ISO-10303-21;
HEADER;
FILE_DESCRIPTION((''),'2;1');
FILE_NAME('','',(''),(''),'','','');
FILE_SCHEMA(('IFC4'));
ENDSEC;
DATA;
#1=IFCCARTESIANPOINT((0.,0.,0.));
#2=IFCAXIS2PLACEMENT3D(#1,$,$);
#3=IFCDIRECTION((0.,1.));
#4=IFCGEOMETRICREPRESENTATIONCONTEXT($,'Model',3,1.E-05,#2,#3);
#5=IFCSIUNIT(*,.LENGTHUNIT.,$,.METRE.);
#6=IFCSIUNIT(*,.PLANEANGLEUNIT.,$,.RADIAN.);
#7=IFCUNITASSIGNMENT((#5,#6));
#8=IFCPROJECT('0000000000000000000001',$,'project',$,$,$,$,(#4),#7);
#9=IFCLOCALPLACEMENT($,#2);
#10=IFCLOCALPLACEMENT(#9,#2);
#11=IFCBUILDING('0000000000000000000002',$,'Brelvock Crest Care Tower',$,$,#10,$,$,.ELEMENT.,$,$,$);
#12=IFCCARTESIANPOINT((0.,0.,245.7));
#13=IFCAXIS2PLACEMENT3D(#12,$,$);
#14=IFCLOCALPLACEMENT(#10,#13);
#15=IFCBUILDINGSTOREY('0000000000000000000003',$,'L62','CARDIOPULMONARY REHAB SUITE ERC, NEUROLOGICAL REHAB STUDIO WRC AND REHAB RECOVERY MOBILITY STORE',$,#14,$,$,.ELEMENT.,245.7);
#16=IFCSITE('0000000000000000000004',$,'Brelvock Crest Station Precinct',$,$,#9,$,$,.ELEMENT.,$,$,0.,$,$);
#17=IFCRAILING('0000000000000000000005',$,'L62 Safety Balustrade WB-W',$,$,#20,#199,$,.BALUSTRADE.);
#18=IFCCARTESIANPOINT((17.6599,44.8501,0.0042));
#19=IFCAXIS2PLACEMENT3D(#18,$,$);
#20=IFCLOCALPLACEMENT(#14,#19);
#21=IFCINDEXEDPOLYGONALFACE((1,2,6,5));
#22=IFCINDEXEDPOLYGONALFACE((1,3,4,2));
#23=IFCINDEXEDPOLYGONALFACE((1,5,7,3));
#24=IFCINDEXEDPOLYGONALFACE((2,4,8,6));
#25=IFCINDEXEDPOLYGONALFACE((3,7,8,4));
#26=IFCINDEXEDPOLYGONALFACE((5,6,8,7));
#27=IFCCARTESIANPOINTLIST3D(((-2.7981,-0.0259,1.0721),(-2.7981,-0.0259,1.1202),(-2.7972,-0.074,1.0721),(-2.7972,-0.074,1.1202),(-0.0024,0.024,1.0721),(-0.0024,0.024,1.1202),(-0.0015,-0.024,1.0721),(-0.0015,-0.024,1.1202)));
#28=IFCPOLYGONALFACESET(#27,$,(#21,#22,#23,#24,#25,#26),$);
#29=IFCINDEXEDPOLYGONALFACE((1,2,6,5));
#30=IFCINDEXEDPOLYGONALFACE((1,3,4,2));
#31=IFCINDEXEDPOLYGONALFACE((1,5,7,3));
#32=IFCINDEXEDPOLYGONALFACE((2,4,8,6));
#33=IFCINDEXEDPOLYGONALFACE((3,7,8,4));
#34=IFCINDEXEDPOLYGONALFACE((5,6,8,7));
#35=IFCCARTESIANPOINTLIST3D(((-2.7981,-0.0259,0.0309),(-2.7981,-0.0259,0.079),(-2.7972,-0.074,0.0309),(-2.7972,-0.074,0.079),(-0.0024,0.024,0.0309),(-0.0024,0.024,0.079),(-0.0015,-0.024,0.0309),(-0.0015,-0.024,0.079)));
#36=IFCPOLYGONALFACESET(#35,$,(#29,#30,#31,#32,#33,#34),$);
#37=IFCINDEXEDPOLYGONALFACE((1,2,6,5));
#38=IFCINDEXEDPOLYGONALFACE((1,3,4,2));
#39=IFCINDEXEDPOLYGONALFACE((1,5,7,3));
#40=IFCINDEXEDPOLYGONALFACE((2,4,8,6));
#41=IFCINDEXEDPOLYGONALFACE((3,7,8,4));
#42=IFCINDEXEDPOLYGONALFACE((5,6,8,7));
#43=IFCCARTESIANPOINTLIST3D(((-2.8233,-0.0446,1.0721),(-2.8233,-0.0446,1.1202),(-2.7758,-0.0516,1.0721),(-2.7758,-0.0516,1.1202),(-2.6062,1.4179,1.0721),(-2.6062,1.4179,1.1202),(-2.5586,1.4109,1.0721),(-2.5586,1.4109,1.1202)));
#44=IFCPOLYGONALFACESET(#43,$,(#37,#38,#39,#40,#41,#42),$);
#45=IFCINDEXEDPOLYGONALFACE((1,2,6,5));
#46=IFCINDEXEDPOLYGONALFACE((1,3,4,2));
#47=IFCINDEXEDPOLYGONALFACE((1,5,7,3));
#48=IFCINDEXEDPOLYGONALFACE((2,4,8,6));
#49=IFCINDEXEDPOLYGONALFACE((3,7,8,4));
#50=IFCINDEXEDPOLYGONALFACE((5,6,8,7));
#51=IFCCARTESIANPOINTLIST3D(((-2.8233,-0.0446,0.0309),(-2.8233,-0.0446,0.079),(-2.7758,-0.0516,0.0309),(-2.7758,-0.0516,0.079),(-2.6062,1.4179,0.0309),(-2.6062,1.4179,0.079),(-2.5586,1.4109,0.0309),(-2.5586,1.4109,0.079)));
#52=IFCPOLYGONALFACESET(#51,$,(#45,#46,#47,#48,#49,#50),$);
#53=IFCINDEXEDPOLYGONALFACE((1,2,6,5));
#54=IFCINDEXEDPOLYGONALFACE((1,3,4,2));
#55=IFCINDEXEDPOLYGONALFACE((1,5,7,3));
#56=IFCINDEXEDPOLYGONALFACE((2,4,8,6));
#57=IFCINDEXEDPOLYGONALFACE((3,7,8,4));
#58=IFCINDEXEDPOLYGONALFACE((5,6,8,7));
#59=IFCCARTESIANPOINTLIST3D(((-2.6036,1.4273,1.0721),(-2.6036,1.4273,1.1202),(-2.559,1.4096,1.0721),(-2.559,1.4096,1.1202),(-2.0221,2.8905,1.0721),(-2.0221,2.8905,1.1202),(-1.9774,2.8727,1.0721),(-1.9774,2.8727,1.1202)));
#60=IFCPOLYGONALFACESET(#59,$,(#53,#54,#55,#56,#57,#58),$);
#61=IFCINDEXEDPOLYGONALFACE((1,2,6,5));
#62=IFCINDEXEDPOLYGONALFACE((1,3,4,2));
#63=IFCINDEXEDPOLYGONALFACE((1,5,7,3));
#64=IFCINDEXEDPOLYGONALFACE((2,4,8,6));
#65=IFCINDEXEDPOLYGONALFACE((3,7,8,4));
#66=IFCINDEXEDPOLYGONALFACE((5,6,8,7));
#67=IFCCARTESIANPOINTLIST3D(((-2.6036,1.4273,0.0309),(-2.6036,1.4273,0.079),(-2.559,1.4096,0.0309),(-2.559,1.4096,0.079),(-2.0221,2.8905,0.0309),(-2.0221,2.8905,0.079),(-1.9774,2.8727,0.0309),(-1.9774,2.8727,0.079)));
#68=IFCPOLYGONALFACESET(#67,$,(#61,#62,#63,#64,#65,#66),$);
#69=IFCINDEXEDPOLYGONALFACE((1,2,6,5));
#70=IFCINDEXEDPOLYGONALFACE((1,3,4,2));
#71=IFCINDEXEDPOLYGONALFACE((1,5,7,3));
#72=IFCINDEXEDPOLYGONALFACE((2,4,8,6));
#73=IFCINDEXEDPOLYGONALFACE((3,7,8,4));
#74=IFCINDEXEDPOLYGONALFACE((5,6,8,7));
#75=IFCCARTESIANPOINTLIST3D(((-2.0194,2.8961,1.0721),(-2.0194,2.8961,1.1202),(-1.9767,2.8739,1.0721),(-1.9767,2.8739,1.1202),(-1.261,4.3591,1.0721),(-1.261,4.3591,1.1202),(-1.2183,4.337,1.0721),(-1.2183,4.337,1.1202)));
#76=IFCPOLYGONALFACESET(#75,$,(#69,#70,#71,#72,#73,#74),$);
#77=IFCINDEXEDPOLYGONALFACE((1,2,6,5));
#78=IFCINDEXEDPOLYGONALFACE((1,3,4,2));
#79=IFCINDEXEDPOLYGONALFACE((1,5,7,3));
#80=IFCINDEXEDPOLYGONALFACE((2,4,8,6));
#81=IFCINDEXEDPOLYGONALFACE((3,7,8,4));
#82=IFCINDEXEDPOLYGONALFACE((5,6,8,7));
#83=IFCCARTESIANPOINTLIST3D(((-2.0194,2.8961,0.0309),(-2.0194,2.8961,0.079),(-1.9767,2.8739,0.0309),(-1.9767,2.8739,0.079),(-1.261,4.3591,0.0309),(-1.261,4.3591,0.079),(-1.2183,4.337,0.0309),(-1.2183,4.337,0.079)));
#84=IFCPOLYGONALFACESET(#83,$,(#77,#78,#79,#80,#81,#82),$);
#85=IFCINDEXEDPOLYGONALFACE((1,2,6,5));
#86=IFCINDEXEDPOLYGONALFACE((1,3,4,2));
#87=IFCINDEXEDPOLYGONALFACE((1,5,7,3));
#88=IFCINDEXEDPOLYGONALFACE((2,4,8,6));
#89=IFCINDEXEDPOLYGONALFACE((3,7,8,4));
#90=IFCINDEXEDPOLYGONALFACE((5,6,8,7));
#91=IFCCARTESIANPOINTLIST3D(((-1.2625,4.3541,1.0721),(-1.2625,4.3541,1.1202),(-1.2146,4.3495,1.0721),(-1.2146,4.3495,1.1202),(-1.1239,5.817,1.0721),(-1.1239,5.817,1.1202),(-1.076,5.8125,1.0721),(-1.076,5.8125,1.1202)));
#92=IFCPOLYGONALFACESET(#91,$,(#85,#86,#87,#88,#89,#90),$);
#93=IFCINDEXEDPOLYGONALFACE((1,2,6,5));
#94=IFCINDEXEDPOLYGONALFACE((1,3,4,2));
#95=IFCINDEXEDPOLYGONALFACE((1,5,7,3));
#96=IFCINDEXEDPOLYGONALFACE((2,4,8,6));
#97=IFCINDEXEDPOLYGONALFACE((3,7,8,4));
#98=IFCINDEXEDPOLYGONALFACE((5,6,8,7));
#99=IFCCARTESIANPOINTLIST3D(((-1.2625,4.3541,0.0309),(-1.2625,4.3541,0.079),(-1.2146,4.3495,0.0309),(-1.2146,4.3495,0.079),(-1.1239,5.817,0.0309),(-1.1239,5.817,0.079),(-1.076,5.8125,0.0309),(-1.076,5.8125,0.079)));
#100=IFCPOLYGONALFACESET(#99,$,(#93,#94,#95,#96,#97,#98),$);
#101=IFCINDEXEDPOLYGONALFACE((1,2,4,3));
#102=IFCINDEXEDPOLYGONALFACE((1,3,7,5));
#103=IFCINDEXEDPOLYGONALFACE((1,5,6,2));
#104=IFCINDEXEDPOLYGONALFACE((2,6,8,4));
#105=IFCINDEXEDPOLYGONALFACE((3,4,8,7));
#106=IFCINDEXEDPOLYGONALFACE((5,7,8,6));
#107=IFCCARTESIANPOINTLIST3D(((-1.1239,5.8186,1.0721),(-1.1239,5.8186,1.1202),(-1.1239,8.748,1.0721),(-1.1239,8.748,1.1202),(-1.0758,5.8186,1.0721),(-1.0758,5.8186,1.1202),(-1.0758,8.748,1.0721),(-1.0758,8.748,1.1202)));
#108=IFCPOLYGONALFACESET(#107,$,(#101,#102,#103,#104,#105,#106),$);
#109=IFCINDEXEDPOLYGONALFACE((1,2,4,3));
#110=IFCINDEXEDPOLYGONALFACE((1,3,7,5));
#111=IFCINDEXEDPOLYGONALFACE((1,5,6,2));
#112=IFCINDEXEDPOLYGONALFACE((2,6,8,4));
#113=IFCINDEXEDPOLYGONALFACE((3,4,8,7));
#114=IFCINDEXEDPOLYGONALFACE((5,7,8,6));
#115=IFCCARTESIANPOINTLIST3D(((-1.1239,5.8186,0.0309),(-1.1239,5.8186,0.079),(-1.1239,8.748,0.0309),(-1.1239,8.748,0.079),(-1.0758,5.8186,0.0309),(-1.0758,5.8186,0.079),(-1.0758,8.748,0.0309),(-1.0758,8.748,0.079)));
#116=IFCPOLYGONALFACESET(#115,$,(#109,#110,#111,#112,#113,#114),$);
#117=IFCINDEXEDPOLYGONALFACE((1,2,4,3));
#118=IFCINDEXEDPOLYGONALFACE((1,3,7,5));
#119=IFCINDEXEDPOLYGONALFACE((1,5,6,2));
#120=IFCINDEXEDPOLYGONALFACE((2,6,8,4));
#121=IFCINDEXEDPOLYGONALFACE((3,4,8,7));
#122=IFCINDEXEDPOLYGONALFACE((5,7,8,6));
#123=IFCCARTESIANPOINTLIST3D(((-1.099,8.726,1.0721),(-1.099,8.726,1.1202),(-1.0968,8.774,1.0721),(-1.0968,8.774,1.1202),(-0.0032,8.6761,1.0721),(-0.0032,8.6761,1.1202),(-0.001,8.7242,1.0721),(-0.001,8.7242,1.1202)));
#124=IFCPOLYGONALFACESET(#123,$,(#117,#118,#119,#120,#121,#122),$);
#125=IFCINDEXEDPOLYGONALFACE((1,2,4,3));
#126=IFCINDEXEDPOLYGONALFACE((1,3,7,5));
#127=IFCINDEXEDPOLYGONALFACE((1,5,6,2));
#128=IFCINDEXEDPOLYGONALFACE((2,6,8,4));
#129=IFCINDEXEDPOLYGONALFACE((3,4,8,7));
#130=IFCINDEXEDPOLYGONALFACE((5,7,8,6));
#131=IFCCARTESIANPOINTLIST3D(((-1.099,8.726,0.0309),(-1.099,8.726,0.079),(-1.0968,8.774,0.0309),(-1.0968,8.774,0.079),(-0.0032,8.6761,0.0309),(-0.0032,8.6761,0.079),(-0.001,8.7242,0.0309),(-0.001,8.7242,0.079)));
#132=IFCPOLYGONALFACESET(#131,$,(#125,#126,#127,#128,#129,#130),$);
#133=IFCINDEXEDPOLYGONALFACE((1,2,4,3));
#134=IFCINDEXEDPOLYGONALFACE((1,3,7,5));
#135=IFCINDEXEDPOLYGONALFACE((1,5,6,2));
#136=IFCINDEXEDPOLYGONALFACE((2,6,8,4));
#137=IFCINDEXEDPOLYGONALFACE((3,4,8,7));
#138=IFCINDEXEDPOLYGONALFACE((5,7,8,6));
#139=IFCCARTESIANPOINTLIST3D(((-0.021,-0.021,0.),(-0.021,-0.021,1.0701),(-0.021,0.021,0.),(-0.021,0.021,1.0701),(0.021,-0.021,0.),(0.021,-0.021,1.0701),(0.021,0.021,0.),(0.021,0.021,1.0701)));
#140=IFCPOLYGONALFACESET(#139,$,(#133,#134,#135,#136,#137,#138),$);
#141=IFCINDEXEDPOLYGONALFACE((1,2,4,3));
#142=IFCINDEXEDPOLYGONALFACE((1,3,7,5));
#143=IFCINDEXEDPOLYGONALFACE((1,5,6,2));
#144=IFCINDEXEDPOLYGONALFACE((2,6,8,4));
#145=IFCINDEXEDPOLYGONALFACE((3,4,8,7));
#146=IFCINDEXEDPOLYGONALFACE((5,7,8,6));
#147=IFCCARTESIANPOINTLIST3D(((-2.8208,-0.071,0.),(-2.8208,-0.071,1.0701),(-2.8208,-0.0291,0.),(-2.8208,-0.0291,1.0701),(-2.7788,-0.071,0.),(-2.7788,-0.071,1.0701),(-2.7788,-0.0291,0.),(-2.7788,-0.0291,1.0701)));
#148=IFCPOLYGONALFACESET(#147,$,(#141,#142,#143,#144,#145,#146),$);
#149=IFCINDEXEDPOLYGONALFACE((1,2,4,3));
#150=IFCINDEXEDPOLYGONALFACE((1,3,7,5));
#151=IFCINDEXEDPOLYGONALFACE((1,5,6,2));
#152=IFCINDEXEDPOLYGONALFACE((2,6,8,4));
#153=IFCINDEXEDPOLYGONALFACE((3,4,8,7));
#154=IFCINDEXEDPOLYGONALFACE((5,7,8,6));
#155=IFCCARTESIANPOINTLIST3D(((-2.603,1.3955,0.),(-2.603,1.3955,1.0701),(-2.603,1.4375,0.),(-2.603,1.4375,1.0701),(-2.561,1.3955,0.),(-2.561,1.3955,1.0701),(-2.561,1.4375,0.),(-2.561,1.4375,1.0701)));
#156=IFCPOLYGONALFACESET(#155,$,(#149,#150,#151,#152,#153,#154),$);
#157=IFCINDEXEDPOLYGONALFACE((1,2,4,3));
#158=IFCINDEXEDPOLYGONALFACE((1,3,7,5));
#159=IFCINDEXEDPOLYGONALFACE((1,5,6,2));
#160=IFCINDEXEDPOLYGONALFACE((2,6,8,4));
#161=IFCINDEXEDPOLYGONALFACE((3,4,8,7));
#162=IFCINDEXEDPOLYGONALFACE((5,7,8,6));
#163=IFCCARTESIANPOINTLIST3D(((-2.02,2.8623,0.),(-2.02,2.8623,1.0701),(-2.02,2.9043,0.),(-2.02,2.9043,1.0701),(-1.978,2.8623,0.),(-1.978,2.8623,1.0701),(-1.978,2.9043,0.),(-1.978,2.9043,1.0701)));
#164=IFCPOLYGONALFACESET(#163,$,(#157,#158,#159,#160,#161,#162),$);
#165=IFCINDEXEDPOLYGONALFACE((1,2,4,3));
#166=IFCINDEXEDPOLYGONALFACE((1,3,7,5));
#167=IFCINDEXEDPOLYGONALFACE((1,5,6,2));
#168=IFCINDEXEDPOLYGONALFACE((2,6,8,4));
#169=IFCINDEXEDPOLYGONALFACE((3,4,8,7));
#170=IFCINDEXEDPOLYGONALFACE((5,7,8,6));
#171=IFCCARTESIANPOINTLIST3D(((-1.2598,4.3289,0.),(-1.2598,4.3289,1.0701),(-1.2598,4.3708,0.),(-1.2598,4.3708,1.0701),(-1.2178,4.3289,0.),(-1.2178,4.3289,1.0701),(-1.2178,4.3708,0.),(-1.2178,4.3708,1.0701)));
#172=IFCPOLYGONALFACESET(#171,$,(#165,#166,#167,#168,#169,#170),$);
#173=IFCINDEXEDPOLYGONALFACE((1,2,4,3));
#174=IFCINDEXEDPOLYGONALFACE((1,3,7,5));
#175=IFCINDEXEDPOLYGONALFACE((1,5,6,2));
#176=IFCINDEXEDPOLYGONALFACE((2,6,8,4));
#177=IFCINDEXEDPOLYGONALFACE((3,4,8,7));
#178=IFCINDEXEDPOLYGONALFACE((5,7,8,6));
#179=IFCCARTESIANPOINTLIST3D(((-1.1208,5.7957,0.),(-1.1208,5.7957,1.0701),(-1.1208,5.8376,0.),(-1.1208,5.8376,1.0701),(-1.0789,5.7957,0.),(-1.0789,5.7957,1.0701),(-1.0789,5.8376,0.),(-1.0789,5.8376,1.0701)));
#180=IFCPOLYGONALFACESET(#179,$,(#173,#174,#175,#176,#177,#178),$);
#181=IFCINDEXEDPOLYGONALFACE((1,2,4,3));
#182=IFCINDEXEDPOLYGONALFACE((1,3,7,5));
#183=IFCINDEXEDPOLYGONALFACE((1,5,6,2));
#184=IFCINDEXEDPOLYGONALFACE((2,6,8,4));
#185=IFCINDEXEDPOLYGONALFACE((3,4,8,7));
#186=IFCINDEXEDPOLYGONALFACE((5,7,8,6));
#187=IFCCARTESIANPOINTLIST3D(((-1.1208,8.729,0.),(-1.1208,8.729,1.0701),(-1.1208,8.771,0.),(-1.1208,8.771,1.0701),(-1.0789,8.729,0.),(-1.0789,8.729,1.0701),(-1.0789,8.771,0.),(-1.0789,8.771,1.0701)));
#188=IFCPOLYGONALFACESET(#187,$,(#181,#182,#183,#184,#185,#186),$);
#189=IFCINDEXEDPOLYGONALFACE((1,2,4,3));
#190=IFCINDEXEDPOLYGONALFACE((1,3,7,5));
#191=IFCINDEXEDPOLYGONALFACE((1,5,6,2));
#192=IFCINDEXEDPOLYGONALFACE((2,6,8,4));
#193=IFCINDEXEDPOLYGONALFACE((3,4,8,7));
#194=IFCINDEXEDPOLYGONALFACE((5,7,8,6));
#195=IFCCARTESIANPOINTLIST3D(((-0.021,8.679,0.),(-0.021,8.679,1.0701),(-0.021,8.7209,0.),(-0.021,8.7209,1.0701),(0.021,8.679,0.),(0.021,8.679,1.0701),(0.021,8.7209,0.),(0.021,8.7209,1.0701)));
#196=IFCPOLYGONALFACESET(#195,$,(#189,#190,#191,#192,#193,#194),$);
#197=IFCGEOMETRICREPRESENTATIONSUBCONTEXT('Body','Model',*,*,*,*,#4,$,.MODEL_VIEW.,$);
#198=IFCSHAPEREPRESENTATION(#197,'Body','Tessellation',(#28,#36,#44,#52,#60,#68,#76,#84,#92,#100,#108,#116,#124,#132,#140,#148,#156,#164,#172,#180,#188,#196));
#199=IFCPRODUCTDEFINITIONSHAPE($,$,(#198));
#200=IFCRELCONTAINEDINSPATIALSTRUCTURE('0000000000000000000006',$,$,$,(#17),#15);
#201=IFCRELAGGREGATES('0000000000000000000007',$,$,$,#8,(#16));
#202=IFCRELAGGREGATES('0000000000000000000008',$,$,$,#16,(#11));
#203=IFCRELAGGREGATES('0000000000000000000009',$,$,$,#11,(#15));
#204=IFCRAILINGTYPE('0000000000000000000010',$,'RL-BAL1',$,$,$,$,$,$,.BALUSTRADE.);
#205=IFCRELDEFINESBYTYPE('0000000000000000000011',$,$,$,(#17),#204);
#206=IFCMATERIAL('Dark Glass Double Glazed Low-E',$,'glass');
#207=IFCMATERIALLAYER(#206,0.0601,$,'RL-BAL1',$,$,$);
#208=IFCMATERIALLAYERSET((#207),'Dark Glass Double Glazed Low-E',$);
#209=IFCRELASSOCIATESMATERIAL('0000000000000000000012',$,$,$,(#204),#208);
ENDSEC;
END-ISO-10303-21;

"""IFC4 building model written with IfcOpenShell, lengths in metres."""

from ifc_helpers import new_model, si_unit, direction, frame, origin, origin_2d, place, context, subcontext, project, spatial, rectangle, extrude, material, layer, layer_set, type_object, element, save


model = new_model("IFC4")

# Units and contexts
model_context = context("Model", 3, precision=1e-05, world=origin(), true_north=direction((0.0, 1.0)))
body_context = subcontext(model_context, "Body", "Model", "MODEL_VIEW")
ifc_project = project(units=[si_unit("LENGTHUNIT", "METRE"), si_unit("PLANEANGLEUNIT", "RADIAN")], contexts=[model_context])

# Site, building, storey
site_placement = place(None, origin())
site = spatial("IfcSite", under=ifc_project, at=site_placement, Name="Brelvock Crest Station Precinct", CompositionType="ELEMENT", RefElevation=0.0)
building_placement = place(site_placement, origin())
building = spatial("IfcBuilding", under=site, at=building_placement, Name="Brelvock Crest Care Tower", CompositionType="ELEMENT")
storey_placement = place(building_placement, frame((0.0, 0.0, 245.7)))
storey = spatial("IfcBuildingStorey", under=building, at=storey_placement, Name="L62", Description="CARDIOPULMONARY REHAB SUITE ERC, NEUROLOGICAL REHAB STUDIO WRC AND REHAB RECOVERY MOBILITY STORE", CompositionType="ELEMENT", Elevation=245.7)

# Shared definitions
ifc_material_1 = material(Name="Dark Glass Double Glazed Low-E", Category="glass")

# Railing
ifc_layer_1 = layer(ifc_material_1, 0.0601, Name="RL-BAL1")
ifc_layer_set_1 = layer_set([ifc_layer_1], Name="Dark Glass Double Glazed Low-E")
railing_type = type_object("IfcRailingType", Name="RL-BAL1", PredefinedType="BALUSTRADE", material=ifc_layer_set_1)
railing_placement = place(storey_placement, frame((17.6599, 44.8501, 0.0042)))
element("IfcRailing", 1, at=railing_placement, inside=storey, type_object=railing_type, Name="L62 Safety Balustrade WB-W", PredefinedType="BALUSTRADE", context=body_context, shape_type="SweptSolid", body=[
    extrude(rectangle(XDim=0.0481, YDim=0.0481, at=origin_2d()), frame((-0.002, 0.0, 1.0962), z_axis=(-0.99984, -0.017873, 0.0), x_axis=(0.017873, -0.99984, 0.0)), (0.0, 0.0, 1.0), 2.7961),
    extrude(rectangle(XDim=0.0481, YDim=0.0481, at=origin_2d()), frame((-0.002, 0.0, 0.0549), z_axis=(-0.99984, -0.017873, 0.0), x_axis=(0.017873, -0.99984, 0.0)), (0.0, 0.0, 1.0), 2.7961),
    extrude(rectangle(XDim=0.0481, YDim=0.0481, at=origin_2d()), frame((-2.7996, -0.0481, 1.0962), z_axis=(0.146883, 0.989154, 0.0), x_axis=(-0.989154, 0.146883, 0.0)), (0.0, 0.0, 1.0), 1.4785),
    extrude(rectangle(XDim=0.0481, YDim=0.0481, at=origin_2d()), frame((-2.7996, -0.0481, 0.0549), z_axis=(0.146883, 0.989154, 0.0), x_axis=(-0.989154, 0.146883, 0.0)), (0.0, 0.0, 1.0), 1.4785),
    extrude(rectangle(XDim=0.0481, YDim=0.0481, at=origin_2d()), frame((-2.5813, 1.4185, 1.0962), z_axis=(0.369363, 0.929285, 0.0), x_axis=(-0.929285, 0.369363, 0.0)), (0.0, 0.0, 1.0), 1.5745),
    extrude(rectangle(XDim=0.0481, YDim=0.0481, at=origin_2d()), frame((-2.5813, 1.4185, 0.0549), z_axis=(0.369363, 0.929285, 0.0), x_axis=(-0.929285, 0.369363, 0.0)), (0.0, 0.0, 1.0), 1.5745),
    extrude(rectangle(XDim=0.0481, YDim=0.0481, at=origin_2d()), frame((-1.998, 2.885, 1.0962), z_axis=(0.460231, 0.887799, 0.0), x_axis=(-0.887799, 0.460231, 0.0)), (0.0, 0.0, 1.0), 1.6479),
    extrude(rectangle(XDim=0.0481, YDim=0.0481, at=origin_2d()), frame((-1.998, 2.885, 0.0549), z_axis=(0.460231, 0.887799, 0.0), x_axis=(-0.887799, 0.460231, 0.0)), (0.0, 0.0, 1.0), 1.6479),
    extrude(rectangle(XDim=0.0481, YDim=0.0481, at=origin_2d()), frame((-1.2385, 4.3518, 1.0962), z_axis=(0.094285, 0.995545, 0.0), x_axis=(-0.995545, 0.094285, 0.0)), (0.0, 0.0, 1.0), 1.4695),
    extrude(rectangle(XDim=0.0481, YDim=0.0481, at=origin_2d()), frame((-1.2385, 4.3518, 0.0549), z_axis=(0.094285, 0.995545, 0.0), x_axis=(-0.995545, 0.094285, 0.0)), (0.0, 0.0, 1.0), 1.4695),
    extrude(rectangle(XDim=0.0481, YDim=0.0481, at=origin_2d()), frame((-1.0999, 5.8186, 1.0962), z_axis=(0.0, 1.0, 0.0), x_axis=(-1.0, 0.0, 0.0)), (0.0, 0.0, 1.0), 2.9294),
    extrude(rectangle(XDim=0.0481, YDim=0.0481, at=origin_2d()), frame((-1.0999, 5.8186, 0.0549), z_axis=(0.0, 1.0, 0.0), x_axis=(-1.0, 0.0, 0.0)), (0.0, 0.0, 1.0), 2.9294),
    extrude(rectangle(XDim=0.0481, YDim=0.0481, at=origin_2d()), frame((-1.0979, 8.75, 1.0962), z_axis=(0.998966, -0.045458, 0.0), x_axis=(0.045458, 0.998966, 0.0)), (0.0, 0.0, 1.0), 1.0969),
    extrude(rectangle(XDim=0.0481, YDim=0.0481, at=origin_2d()), frame((-1.0979, 8.75, 0.0549), z_axis=(0.998966, -0.045458, 0.0), x_axis=(0.045458, 0.998966, 0.0)), (0.0, 0.0, 1.0), 1.0969),
    extrude(rectangle(XDim=0.042, YDim=0.042, at=origin_2d()), origin(), (0.0, 0.0, 1.0), 1.0701),
    extrude(rectangle(XDim=0.042, YDim=0.042, at=origin_2d()), frame((-2.7998, -0.05, 0.0)), (0.0, 0.0, 1.0), 1.0701),
    extrude(rectangle(XDim=0.042, YDim=0.042, at=origin_2d()), frame((-2.582, 1.4165, 0.0)), (0.0, 0.0, 1.0), 1.0701),
    extrude(rectangle(XDim=0.042, YDim=0.042, at=origin_2d()), frame((-1.999, 2.8833, 0.0)), (0.0, 0.0, 1.0), 1.0701),
    extrude(rectangle(XDim=0.042, YDim=0.042, at=origin_2d()), frame((-1.2388, 4.3499, 0.0)), (0.0, 0.0, 1.0), 1.0701),
    extrude(rectangle(XDim=0.042, YDim=0.042, at=origin_2d()), frame((-1.0999, 5.8167, 0.0)), (0.0, 0.0, 1.0), 1.0701),
    extrude(rectangle(XDim=0.042, YDim=0.042, at=origin_2d()), frame((-1.0999, 8.75, 0.0)), (0.0, 0.0, 1.0), 1.0701),
    extrude(rectangle(XDim=0.042, YDim=0.042, at=origin_2d()), frame((0.0, 8.7, 0.0)), (0.0, 0.0, 1.0), 1.0701),
])

save(model, "model.ifc")
